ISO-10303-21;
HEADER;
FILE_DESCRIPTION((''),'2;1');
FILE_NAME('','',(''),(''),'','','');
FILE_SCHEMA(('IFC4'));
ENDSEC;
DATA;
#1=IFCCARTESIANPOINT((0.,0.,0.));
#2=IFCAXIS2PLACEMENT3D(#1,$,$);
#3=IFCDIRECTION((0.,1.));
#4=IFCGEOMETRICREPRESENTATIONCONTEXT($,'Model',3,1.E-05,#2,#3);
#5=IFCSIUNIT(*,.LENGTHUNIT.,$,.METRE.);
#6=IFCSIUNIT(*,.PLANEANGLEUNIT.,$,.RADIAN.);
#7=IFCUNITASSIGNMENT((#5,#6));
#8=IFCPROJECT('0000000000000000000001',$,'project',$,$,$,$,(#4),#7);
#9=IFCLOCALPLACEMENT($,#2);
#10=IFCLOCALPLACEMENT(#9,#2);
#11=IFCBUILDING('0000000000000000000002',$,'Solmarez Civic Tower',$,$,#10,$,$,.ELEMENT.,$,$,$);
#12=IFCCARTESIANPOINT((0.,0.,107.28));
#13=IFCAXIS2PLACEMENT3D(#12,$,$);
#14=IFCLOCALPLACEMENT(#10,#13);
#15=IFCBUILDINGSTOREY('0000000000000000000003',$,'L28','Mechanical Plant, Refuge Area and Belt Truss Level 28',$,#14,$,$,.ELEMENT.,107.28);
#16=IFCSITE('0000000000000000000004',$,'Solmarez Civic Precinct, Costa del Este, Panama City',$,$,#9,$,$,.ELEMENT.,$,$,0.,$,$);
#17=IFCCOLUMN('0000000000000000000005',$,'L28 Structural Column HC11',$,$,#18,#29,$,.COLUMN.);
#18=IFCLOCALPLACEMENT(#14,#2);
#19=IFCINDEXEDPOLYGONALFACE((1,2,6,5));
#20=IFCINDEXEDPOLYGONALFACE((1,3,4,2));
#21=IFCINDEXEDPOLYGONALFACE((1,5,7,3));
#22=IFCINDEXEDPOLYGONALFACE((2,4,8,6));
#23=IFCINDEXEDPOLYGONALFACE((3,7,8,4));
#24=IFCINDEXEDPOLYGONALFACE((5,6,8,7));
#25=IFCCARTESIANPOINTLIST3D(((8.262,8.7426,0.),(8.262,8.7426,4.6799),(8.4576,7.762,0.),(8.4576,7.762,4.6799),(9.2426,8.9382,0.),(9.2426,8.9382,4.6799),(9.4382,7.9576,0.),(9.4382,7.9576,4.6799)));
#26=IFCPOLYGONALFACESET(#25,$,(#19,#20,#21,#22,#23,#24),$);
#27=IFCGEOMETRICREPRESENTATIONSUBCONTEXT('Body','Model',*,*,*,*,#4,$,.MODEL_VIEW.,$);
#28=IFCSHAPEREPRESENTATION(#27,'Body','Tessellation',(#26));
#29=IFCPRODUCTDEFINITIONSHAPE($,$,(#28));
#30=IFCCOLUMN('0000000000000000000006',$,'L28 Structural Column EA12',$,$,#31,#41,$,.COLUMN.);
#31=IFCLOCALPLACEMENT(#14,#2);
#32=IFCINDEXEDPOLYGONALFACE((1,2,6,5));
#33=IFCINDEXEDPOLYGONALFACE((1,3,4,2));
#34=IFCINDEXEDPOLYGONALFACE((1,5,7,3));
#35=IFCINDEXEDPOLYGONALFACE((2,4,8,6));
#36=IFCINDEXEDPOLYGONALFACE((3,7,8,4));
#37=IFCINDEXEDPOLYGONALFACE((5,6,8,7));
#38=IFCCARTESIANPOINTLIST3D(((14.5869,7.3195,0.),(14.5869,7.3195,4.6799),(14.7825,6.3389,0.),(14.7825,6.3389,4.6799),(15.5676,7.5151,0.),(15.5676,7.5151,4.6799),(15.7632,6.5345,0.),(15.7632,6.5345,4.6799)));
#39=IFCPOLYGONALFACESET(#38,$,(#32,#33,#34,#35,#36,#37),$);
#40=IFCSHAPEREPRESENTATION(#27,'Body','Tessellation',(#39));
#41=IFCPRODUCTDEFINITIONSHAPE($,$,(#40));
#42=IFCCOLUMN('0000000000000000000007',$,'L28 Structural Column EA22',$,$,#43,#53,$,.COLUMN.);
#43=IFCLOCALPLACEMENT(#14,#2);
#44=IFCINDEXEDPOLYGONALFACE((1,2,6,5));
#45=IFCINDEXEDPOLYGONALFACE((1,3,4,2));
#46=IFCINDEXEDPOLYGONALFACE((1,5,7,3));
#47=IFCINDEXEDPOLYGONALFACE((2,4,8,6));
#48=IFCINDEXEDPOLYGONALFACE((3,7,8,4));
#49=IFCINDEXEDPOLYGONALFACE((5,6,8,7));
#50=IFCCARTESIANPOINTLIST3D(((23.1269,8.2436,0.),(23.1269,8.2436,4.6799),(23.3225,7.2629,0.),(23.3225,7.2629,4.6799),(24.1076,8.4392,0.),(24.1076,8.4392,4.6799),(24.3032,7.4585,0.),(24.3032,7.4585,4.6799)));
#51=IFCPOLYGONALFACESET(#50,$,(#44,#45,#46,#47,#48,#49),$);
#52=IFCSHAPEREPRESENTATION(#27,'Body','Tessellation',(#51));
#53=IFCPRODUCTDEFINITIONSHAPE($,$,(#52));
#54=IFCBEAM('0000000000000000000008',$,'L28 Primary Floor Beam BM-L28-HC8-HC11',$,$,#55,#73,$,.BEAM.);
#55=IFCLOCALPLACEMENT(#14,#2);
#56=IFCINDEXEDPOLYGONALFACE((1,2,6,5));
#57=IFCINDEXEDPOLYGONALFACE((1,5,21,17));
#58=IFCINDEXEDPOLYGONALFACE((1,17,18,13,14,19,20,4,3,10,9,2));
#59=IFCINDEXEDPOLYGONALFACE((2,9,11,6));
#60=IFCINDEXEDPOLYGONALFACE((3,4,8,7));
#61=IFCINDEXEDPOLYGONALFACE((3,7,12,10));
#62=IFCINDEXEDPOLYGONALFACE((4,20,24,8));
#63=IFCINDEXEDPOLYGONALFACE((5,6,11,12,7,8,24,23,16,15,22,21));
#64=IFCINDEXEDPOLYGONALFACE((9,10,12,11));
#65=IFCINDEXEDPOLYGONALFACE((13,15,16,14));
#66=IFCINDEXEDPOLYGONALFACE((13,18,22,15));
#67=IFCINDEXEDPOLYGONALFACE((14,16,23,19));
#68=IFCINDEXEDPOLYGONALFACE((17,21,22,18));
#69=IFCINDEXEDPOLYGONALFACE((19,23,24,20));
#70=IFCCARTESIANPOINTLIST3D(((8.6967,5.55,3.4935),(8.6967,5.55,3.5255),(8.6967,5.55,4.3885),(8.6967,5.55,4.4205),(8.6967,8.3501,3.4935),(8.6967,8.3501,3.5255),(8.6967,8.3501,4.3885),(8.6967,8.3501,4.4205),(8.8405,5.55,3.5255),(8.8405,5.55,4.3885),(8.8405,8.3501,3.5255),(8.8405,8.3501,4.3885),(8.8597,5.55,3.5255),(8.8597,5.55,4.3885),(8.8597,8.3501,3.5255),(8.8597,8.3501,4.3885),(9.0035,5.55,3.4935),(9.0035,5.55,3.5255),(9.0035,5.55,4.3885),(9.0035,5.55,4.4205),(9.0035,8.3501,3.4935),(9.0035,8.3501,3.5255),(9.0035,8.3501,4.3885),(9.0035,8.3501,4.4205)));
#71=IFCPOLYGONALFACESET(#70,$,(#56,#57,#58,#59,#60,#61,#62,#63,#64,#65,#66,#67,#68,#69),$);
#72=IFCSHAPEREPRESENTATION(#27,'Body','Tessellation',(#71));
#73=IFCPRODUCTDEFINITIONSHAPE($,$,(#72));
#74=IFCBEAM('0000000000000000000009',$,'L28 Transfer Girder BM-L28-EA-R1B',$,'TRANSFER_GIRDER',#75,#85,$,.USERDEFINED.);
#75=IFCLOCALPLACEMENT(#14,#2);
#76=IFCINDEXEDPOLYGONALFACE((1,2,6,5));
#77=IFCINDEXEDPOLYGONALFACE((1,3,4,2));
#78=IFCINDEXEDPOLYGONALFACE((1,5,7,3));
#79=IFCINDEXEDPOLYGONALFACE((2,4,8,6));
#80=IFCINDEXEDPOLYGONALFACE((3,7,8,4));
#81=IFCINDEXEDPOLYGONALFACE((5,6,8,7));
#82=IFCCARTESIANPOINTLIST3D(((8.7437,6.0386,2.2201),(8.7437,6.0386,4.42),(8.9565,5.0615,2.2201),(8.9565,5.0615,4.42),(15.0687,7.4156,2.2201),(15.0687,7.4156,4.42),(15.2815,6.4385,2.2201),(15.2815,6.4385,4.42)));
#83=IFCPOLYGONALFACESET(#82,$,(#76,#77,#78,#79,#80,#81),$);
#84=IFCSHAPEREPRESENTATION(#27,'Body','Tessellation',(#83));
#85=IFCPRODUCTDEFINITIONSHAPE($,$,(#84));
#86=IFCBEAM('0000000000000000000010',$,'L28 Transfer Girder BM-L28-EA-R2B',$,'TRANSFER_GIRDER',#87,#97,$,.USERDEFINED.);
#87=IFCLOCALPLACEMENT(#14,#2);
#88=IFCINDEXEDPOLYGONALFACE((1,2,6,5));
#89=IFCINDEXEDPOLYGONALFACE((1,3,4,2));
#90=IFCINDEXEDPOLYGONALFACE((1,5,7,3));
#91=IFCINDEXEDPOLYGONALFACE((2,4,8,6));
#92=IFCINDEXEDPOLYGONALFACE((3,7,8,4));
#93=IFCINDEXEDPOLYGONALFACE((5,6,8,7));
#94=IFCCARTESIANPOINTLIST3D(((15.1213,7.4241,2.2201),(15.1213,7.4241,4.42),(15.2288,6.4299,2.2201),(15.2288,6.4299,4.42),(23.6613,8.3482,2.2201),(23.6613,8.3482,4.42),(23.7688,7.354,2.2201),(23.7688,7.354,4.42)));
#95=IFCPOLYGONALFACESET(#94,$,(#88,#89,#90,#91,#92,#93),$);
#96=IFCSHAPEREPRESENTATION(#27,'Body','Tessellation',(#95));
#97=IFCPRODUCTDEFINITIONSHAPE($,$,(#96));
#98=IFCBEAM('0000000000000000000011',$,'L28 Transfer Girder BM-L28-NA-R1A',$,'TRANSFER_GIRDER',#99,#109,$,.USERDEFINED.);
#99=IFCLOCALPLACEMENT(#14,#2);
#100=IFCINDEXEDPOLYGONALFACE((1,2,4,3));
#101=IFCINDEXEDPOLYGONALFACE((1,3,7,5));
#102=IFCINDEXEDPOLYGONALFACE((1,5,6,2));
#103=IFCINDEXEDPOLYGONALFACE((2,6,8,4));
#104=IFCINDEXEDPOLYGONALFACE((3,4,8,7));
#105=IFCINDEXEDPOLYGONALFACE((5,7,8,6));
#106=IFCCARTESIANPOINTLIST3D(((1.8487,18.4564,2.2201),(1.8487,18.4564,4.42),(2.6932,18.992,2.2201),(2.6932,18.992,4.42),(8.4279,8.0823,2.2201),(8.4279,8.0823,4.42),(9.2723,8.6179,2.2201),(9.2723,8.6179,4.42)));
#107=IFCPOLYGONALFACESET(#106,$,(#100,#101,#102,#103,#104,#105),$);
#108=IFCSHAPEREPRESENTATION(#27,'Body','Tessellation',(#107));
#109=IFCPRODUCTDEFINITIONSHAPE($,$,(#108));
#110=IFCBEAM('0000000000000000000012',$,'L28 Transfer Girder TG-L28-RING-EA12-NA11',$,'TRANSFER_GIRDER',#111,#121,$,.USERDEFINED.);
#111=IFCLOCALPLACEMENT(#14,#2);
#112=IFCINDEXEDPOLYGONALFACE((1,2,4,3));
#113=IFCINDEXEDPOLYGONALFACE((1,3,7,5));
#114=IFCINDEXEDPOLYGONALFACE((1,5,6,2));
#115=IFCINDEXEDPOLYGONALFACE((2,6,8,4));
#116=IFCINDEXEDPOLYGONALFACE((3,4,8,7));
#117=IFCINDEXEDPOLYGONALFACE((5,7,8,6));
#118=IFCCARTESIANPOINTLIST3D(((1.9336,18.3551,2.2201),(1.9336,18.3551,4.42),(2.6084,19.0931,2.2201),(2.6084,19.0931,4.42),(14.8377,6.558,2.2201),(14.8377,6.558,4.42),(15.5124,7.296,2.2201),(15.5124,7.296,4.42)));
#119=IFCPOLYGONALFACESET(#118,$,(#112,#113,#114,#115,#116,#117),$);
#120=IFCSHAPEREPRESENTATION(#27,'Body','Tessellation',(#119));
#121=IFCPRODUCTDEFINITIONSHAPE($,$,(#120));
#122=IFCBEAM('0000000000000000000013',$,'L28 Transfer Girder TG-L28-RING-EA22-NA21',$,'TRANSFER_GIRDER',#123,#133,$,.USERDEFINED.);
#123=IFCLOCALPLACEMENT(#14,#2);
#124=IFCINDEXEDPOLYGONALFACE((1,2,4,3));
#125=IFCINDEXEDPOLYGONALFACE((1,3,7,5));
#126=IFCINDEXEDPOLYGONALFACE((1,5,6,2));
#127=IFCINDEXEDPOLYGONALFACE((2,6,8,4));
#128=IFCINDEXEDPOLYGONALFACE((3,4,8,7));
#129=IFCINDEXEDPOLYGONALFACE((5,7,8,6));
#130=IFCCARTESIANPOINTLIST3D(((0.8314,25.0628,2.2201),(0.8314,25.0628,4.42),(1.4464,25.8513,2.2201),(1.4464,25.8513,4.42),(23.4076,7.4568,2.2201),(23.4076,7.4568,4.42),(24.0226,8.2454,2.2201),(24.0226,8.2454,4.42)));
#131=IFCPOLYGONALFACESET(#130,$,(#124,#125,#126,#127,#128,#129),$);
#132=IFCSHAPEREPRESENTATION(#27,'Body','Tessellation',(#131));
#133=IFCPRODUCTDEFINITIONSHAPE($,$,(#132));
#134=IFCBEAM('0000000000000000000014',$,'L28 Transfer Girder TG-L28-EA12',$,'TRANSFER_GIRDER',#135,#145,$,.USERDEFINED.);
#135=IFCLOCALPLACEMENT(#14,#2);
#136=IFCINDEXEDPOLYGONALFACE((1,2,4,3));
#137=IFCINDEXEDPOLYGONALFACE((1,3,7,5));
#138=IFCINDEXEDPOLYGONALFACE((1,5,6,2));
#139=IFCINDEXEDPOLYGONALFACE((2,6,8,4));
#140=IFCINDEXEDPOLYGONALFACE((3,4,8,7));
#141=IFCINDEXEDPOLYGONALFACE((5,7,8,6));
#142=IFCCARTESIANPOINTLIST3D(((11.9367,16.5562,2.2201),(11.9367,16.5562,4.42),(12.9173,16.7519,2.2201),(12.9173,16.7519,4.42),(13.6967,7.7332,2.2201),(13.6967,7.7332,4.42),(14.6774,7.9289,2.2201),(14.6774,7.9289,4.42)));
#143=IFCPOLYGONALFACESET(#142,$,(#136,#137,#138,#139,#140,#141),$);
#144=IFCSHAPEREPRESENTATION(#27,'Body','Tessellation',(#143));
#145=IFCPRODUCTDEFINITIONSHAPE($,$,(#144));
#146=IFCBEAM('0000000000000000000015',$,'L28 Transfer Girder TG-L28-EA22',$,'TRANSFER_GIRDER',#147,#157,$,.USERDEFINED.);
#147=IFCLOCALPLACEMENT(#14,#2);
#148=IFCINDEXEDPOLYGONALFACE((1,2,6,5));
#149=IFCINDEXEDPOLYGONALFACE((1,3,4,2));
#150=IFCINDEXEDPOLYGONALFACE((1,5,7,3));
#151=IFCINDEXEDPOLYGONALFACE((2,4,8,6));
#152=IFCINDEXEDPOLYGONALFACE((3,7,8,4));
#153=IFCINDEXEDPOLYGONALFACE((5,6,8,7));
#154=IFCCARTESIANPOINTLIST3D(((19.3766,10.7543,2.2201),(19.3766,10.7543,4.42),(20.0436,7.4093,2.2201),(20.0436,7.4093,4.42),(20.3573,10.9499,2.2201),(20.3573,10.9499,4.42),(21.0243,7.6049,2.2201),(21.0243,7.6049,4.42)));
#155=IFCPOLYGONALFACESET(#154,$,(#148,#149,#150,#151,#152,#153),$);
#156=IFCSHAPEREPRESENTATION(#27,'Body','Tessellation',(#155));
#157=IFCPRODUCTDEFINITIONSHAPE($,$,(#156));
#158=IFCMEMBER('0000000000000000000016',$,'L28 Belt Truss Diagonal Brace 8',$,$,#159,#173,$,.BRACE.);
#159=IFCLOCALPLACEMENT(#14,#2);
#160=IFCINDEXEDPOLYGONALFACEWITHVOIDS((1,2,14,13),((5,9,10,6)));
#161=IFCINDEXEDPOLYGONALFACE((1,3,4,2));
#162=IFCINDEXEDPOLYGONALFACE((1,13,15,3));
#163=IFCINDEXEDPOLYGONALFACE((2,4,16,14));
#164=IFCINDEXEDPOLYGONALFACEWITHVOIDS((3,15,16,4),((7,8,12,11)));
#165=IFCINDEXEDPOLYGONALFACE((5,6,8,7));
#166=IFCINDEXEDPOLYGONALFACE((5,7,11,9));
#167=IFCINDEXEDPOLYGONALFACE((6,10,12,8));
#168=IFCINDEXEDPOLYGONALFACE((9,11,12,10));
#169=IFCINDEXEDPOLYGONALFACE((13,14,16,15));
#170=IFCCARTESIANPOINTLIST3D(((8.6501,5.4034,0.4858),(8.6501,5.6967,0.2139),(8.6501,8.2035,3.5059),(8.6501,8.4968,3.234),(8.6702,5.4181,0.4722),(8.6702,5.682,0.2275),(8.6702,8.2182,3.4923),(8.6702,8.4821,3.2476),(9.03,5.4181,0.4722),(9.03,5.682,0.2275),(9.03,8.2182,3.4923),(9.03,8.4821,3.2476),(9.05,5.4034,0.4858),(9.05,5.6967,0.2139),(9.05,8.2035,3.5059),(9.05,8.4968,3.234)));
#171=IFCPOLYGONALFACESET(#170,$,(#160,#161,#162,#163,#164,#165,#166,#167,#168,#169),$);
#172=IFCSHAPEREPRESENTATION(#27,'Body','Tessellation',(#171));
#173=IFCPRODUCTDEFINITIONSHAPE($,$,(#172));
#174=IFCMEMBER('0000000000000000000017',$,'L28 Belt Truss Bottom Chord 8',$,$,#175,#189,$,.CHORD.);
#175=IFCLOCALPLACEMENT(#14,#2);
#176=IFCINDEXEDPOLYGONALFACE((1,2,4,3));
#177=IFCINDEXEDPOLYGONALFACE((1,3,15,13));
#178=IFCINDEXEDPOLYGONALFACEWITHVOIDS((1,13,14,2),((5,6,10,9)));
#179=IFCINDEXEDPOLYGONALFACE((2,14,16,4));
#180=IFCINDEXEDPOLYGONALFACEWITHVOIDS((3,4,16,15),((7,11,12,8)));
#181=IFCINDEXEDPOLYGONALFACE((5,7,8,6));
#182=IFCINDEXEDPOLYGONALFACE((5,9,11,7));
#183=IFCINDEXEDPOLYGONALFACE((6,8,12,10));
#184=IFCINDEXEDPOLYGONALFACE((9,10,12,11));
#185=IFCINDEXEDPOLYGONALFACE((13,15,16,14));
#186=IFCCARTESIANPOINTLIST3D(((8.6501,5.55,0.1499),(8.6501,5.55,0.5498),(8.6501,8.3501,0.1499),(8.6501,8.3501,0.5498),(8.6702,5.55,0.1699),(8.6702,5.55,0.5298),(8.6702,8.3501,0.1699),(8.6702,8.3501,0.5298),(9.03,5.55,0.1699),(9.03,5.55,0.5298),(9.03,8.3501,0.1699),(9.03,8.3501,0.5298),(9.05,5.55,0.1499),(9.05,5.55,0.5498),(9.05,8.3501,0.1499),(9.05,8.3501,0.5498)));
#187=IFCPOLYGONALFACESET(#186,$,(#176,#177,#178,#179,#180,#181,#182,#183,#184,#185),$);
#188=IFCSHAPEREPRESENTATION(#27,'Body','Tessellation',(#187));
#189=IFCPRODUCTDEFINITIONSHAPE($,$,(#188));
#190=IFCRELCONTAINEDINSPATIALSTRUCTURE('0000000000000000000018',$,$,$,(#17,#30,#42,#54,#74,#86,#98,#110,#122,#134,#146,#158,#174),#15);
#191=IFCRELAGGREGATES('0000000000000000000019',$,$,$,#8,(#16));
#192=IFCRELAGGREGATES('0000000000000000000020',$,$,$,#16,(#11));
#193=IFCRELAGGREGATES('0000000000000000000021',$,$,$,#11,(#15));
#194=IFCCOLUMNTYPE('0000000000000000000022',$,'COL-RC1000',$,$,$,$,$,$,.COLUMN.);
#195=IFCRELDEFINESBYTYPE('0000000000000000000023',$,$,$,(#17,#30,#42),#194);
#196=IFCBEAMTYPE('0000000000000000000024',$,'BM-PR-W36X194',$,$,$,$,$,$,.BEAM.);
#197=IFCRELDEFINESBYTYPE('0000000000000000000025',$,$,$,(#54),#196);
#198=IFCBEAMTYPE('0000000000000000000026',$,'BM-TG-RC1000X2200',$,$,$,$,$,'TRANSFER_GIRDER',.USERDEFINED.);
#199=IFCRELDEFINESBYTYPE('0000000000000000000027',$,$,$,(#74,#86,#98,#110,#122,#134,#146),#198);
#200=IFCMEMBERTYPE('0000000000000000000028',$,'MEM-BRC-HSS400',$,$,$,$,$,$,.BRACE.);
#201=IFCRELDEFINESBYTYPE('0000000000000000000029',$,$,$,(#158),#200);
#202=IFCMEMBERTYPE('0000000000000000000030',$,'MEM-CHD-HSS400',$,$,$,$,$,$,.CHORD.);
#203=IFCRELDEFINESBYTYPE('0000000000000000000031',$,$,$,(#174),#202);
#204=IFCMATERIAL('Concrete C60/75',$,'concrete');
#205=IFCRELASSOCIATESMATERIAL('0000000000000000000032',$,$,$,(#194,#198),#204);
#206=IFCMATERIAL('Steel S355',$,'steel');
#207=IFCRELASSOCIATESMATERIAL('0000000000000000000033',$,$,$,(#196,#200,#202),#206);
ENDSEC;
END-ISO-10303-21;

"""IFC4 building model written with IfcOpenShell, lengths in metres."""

from ifc_helpers import new_model, si_unit, direction, frame, origin, origin_2d, place, context, subcontext, project, spatial, rectangle, hollow_rectangle, i_section, extrude, material, material_profile, profile_set, type_object, element, save


model = new_model("IFC4")

# Units and contexts
model_context = context("Model", 3, precision=1e-05, world=origin(), true_north=direction((0.0, 1.0)))
body_context = subcontext(model_context, "Body", "Model", "MODEL_VIEW")
ifc_project = project(units=[si_unit("LENGTHUNIT", "METRE"), si_unit("PLANEANGLEUNIT", "RADIAN")], contexts=[model_context])

# Site, building, storey
site_placement = place(None, origin())
site = spatial("IfcSite", under=ifc_project, at=site_placement, Name="Solmarez Civic Precinct, Costa del Este, Panama City", CompositionType="ELEMENT", RefElevation=0.0)
building_placement = place(site_placement, origin())
building = spatial("IfcBuilding", under=site, at=building_placement, Name="Solmarez Civic Tower", CompositionType="ELEMENT")
storey_placement = place(building_placement, frame((0.0, 0.0, 107.28)))
storey = spatial("IfcBuildingStorey", under=building, at=storey_placement, Name="L28", Description="Mechanical Plant, Refuge Area and Belt Truss Level 28", CompositionType="ELEMENT", Elevation=107.28)

# Columns
ifc_material_1 = material(Name="Concrete C60/75", Category="concrete")
ifc_material_profile_1 = material_profile(ifc_material_1, rectangle(XDim=1.0, YDim=1.0, at=origin_2d()), Name="RC1000X1000")
ifc_profile_set_1 = profile_set([ifc_material_profile_1], Name="Concrete C60/75")
column_type = type_object("IfcColumnType", Name="COL-RC1000", PredefinedType="COLUMN", material=ifc_profile_set_1)
for number, where, z_axis, x_axis, name in (
    (1, (8.8501, 8.3501, 0.0), (0.0, 0.0, 1.0), (0.980683, 0.195604, 0.0), "L28 Structural Column HC11"),
    (2, (15.175, 6.927, 0.0), (0.0, 0.0, 1.0), (0.980683, 0.195604, 0.0), "L28 Structural Column EA12"),
    (3, (23.7151, 7.8511, 0.0), (0.0, 0.0, 1.0), (0.980683, 0.195604, 0.0), "L28 Structural Column EA22"),
):
    element("IfcColumn", number, at=place(storey_placement, frame(where, z_axis=z_axis, x_axis=x_axis)), inside=storey, type_object=column_type, Name=name, PredefinedType="COLUMN", context=body_context, shape_type="SweptSolid", body=[
        extrude(rectangle(XDim=1.0, YDim=1.0, at=origin_2d()), origin(), (0.0, 0.0, 1.0), 4.6799),
    ])

# Beams
ifc_material_2 = material(Name="Steel S355", Category="steel")
ifc_material_profile_2 = material_profile(ifc_material_2, i_section(OverallWidth=0.3069, OverallDepth=0.927, WebThickness=0.0193, FlangeThickness=0.032, at=origin_2d()), Name="W36X194")
ifc_profile_set_2 = profile_set([ifc_material_profile_2], Name="Steel S355")
beam_type_1 = type_object("IfcBeamType", Name="BM-PR-W36X194", PredefinedType="BEAM", material=ifc_profile_set_2)
beam_1_placement = place(storey_placement, frame((8.8501, 5.55, 3.957), z_axis=(0.0, 1.0, 0.0), x_axis=(-1.0, 0.0, 0.0)))
element("IfcBeam", 4, at=beam_1_placement, inside=storey, type_object=beam_type_1, Name="L28 Primary Floor Beam BM-L28-HC8-HC11", PredefinedType="BEAM", context=body_context, shape_type="SweptSolid", body=[
    extrude(i_section(OverallWidth=0.3069, OverallDepth=0.927, WebThickness=0.0193, FlangeThickness=0.032, at=origin_2d()), origin(), (0.0, 0.0, 1.0), 2.8),
])
ifc_material_profile_3 = material_profile(ifc_material_1, rectangle(XDim=1.0, YDim=2.2, at=origin_2d()), Name="RC1000X2200")
ifc_profile_set_3 = profile_set([ifc_material_profile_3], Name="Concrete C60/75")
beam_type_2 = type_object("IfcBeamType", Name="BM-TG-RC1000X2200", ElementType="TRANSFER_GIRDER", PredefinedType="USERDEFINED", material=ifc_profile_set_3)
beam_2_placement = place(storey_placement, frame((8.8501, 5.55, 3.3201), z_axis=(0.977113, 0.212719, 0.0), x_axis=(-0.212719, 0.977113, 0.0)))
element("IfcBeam", 5, at=beam_2_placement, inside=storey, type_object=beam_type_2, Name="L28 Transfer Girder BM-L28-EA-R1B", ObjectType="TRANSFER_GIRDER", PredefinedType="USERDEFINED", context=body_context, shape_type="SweptSolid", body=[
    extrude(rectangle(XDim=1.0, YDim=2.2, at=origin_2d()), origin(), (0.0, 0.0, 1.0), 6.4731),
])
beam_3_placement = place(storey_placement, frame((15.175, 6.927, 3.3201), z_axis=(0.994197, 0.107577, 0.0), x_axis=(-0.107577, 0.994197, 0.0)))
element("IfcBeam", 6, at=beam_3_placement, inside=storey, type_object=beam_type_2, Name="L28 Transfer Girder BM-L28-EA-R2B", ObjectType="TRANSFER_GIRDER", PredefinedType="USERDEFINED", context=body_context, shape_type="SweptSolid", body=[
    extrude(rectangle(XDim=1.0, YDim=2.2, at=origin_2d()), origin(), (0.0, 0.0, 1.0), 8.5898),
])
beam_4_placement = place(storey_placement, frame((8.8501, 8.3501, 3.3201), z_axis=(-0.535568, 0.844492, 0.0), x_axis=(-0.844492, -0.535568, 0.0)))
element("IfcBeam", 7, at=beam_4_placement, inside=storey, type_object=beam_type_2, Name="L28 Transfer Girder BM-L28-NA-R1A", ObjectType="TRANSFER_GIRDER", PredefinedType="USERDEFINED", context=body_context, shape_type="SweptSolid", body=[
    extrude(rectangle(XDim=1.0, YDim=2.2, at=origin_2d()), origin(), (0.0, 0.0, 1.0), 12.2844),
])
beam_5_placement = place(storey_placement, frame((15.175, 6.927, 3.3201), z_axis=(-0.738054, 0.674742, 0.0), x_axis=(-0.674742, -0.738054, 0.0)))
element("IfcBeam", 8, at=beam_5_placement, inside=storey, type_object=beam_type_2, Name="L28 Transfer Girder TG-L28-RING-EA12-NA11", ObjectType="TRANSFER_GIRDER", PredefinedType="USERDEFINED", context=body_context, shape_type="SweptSolid", body=[
    extrude(rectangle(XDim=1.0, YDim=2.2, at=origin_2d()), origin(), (0.0, 0.0, 1.0), 17.4839),
])
beam_6_placement = place(storey_placement, frame((23.7151, 7.8511, 3.3201), z_axis=(-0.788561, 0.614957, 0.0), x_axis=(-0.614957, -0.788561, 0.0)))
element("IfcBeam", 9, at=beam_6_placement, inside=storey, type_object=beam_type_2, Name="L28 Transfer Girder TG-L28-RING-EA22-NA21", ObjectType="TRANSFER_GIRDER", PredefinedType="USERDEFINED", context=body_context, shape_type="SweptSolid", body=[
    extrude(rectangle(XDim=1.0, YDim=2.2, at=origin_2d()), origin(), (0.0, 0.0, 1.0), 28.6296),
])
beam_7_placement = place(storey_placement, frame((14.187, 7.8311, 3.3201), z_axis=(-0.195626, 0.980679, 0.0), x_axis=(-0.980679, -0.195626, 0.0)))
element("IfcBeam", 10, at=beam_7_placement, inside=storey, type_object=beam_type_2, Name="L28 Transfer Girder TG-L28-EA12", ObjectType="TRANSFER_GIRDER", PredefinedType="USERDEFINED", context=body_context, shape_type="SweptSolid", body=[
    extrude(rectangle(XDim=1.0, YDim=2.2, at=origin_2d()), origin(), (0.0, 0.0, 1.0), 8.9968),
])
beam_8_placement = place(storey_placement, frame((20.5339, 7.5071, 3.3201), z_axis=(-0.195552, 0.980693, 0.0), x_axis=(-0.980693, -0.195552, 0.0)))
element("IfcBeam", 11, at=beam_8_placement, inside=storey, type_object=beam_type_2, Name="L28 Transfer Girder TG-L28-EA22", ObjectType="TRANSFER_GIRDER", PredefinedType="USERDEFINED", context=body_context, shape_type="SweptSolid", body=[
    extrude(rectangle(XDim=1.0, YDim=2.2, at=origin_2d()), origin(), (0.0, 0.0, 1.0), 3.4109),
])

# Members
ifc_material_profile_4 = material_profile(ifc_material_2, hollow_rectangle(XDim=0.3999, YDim=0.3999, WallThickness=0.02, at=origin_2d()), Name="HSS400X400X20")
ifc_profile_set_4 = profile_set([ifc_material_profile_4], Name="Steel S355")
member_type_1 = type_object("IfcMemberType", Name="MEM-BRC-HSS400", PredefinedType="BRACE", material=ifc_profile_set_4)
member_1_placement = place(storey_placement, frame((8.8501, 5.55, 0.3499), z_axis=(0.0, 0.679896, 0.733308), x_axis=(-1.0, 0.0, 0.0)))
element("IfcMember", 12, at=member_1_placement, inside=storey, type_object=member_type_1, Name="L28 Belt Truss Diagonal Brace 8", PredefinedType="BRACE", context=body_context, shape_type="SweptSolid", body=[
    extrude(hollow_rectangle(XDim=0.3999, YDim=0.3999, WallThickness=0.02, at=origin_2d()), origin(), (0.0, 0.0, 1.0), 4.1184),
])
ifc_material_profile_5 = material_profile(ifc_material_2, hollow_rectangle(XDim=0.3999, YDim=0.3999, WallThickness=0.02, at=origin_2d()), Name="HSS400X400X20")
ifc_profile_set_5 = profile_set([ifc_material_profile_5], Name="Steel S355")
member_type_2 = type_object("IfcMemberType", Name="MEM-CHD-HSS400", PredefinedType="CHORD", material=ifc_profile_set_5)
member_2_placement = place(storey_placement, frame((8.8501, 5.55, 0.3499), z_axis=(0.0, 1.0, 0.0), x_axis=(-1.0, 0.0, 0.0)))
element("IfcMember", 13, at=member_2_placement, inside=storey, type_object=member_type_2, Name="L28 Belt Truss Bottom Chord 8", PredefinedType="CHORD", context=body_context, shape_type="SweptSolid", body=[
    extrude(hollow_rectangle(XDim=0.3999, YDim=0.3999, WallThickness=0.02, at=origin_2d()), origin(), (0.0, 0.0, 1.0), 2.8),
])

save(model, "model.ifc")
